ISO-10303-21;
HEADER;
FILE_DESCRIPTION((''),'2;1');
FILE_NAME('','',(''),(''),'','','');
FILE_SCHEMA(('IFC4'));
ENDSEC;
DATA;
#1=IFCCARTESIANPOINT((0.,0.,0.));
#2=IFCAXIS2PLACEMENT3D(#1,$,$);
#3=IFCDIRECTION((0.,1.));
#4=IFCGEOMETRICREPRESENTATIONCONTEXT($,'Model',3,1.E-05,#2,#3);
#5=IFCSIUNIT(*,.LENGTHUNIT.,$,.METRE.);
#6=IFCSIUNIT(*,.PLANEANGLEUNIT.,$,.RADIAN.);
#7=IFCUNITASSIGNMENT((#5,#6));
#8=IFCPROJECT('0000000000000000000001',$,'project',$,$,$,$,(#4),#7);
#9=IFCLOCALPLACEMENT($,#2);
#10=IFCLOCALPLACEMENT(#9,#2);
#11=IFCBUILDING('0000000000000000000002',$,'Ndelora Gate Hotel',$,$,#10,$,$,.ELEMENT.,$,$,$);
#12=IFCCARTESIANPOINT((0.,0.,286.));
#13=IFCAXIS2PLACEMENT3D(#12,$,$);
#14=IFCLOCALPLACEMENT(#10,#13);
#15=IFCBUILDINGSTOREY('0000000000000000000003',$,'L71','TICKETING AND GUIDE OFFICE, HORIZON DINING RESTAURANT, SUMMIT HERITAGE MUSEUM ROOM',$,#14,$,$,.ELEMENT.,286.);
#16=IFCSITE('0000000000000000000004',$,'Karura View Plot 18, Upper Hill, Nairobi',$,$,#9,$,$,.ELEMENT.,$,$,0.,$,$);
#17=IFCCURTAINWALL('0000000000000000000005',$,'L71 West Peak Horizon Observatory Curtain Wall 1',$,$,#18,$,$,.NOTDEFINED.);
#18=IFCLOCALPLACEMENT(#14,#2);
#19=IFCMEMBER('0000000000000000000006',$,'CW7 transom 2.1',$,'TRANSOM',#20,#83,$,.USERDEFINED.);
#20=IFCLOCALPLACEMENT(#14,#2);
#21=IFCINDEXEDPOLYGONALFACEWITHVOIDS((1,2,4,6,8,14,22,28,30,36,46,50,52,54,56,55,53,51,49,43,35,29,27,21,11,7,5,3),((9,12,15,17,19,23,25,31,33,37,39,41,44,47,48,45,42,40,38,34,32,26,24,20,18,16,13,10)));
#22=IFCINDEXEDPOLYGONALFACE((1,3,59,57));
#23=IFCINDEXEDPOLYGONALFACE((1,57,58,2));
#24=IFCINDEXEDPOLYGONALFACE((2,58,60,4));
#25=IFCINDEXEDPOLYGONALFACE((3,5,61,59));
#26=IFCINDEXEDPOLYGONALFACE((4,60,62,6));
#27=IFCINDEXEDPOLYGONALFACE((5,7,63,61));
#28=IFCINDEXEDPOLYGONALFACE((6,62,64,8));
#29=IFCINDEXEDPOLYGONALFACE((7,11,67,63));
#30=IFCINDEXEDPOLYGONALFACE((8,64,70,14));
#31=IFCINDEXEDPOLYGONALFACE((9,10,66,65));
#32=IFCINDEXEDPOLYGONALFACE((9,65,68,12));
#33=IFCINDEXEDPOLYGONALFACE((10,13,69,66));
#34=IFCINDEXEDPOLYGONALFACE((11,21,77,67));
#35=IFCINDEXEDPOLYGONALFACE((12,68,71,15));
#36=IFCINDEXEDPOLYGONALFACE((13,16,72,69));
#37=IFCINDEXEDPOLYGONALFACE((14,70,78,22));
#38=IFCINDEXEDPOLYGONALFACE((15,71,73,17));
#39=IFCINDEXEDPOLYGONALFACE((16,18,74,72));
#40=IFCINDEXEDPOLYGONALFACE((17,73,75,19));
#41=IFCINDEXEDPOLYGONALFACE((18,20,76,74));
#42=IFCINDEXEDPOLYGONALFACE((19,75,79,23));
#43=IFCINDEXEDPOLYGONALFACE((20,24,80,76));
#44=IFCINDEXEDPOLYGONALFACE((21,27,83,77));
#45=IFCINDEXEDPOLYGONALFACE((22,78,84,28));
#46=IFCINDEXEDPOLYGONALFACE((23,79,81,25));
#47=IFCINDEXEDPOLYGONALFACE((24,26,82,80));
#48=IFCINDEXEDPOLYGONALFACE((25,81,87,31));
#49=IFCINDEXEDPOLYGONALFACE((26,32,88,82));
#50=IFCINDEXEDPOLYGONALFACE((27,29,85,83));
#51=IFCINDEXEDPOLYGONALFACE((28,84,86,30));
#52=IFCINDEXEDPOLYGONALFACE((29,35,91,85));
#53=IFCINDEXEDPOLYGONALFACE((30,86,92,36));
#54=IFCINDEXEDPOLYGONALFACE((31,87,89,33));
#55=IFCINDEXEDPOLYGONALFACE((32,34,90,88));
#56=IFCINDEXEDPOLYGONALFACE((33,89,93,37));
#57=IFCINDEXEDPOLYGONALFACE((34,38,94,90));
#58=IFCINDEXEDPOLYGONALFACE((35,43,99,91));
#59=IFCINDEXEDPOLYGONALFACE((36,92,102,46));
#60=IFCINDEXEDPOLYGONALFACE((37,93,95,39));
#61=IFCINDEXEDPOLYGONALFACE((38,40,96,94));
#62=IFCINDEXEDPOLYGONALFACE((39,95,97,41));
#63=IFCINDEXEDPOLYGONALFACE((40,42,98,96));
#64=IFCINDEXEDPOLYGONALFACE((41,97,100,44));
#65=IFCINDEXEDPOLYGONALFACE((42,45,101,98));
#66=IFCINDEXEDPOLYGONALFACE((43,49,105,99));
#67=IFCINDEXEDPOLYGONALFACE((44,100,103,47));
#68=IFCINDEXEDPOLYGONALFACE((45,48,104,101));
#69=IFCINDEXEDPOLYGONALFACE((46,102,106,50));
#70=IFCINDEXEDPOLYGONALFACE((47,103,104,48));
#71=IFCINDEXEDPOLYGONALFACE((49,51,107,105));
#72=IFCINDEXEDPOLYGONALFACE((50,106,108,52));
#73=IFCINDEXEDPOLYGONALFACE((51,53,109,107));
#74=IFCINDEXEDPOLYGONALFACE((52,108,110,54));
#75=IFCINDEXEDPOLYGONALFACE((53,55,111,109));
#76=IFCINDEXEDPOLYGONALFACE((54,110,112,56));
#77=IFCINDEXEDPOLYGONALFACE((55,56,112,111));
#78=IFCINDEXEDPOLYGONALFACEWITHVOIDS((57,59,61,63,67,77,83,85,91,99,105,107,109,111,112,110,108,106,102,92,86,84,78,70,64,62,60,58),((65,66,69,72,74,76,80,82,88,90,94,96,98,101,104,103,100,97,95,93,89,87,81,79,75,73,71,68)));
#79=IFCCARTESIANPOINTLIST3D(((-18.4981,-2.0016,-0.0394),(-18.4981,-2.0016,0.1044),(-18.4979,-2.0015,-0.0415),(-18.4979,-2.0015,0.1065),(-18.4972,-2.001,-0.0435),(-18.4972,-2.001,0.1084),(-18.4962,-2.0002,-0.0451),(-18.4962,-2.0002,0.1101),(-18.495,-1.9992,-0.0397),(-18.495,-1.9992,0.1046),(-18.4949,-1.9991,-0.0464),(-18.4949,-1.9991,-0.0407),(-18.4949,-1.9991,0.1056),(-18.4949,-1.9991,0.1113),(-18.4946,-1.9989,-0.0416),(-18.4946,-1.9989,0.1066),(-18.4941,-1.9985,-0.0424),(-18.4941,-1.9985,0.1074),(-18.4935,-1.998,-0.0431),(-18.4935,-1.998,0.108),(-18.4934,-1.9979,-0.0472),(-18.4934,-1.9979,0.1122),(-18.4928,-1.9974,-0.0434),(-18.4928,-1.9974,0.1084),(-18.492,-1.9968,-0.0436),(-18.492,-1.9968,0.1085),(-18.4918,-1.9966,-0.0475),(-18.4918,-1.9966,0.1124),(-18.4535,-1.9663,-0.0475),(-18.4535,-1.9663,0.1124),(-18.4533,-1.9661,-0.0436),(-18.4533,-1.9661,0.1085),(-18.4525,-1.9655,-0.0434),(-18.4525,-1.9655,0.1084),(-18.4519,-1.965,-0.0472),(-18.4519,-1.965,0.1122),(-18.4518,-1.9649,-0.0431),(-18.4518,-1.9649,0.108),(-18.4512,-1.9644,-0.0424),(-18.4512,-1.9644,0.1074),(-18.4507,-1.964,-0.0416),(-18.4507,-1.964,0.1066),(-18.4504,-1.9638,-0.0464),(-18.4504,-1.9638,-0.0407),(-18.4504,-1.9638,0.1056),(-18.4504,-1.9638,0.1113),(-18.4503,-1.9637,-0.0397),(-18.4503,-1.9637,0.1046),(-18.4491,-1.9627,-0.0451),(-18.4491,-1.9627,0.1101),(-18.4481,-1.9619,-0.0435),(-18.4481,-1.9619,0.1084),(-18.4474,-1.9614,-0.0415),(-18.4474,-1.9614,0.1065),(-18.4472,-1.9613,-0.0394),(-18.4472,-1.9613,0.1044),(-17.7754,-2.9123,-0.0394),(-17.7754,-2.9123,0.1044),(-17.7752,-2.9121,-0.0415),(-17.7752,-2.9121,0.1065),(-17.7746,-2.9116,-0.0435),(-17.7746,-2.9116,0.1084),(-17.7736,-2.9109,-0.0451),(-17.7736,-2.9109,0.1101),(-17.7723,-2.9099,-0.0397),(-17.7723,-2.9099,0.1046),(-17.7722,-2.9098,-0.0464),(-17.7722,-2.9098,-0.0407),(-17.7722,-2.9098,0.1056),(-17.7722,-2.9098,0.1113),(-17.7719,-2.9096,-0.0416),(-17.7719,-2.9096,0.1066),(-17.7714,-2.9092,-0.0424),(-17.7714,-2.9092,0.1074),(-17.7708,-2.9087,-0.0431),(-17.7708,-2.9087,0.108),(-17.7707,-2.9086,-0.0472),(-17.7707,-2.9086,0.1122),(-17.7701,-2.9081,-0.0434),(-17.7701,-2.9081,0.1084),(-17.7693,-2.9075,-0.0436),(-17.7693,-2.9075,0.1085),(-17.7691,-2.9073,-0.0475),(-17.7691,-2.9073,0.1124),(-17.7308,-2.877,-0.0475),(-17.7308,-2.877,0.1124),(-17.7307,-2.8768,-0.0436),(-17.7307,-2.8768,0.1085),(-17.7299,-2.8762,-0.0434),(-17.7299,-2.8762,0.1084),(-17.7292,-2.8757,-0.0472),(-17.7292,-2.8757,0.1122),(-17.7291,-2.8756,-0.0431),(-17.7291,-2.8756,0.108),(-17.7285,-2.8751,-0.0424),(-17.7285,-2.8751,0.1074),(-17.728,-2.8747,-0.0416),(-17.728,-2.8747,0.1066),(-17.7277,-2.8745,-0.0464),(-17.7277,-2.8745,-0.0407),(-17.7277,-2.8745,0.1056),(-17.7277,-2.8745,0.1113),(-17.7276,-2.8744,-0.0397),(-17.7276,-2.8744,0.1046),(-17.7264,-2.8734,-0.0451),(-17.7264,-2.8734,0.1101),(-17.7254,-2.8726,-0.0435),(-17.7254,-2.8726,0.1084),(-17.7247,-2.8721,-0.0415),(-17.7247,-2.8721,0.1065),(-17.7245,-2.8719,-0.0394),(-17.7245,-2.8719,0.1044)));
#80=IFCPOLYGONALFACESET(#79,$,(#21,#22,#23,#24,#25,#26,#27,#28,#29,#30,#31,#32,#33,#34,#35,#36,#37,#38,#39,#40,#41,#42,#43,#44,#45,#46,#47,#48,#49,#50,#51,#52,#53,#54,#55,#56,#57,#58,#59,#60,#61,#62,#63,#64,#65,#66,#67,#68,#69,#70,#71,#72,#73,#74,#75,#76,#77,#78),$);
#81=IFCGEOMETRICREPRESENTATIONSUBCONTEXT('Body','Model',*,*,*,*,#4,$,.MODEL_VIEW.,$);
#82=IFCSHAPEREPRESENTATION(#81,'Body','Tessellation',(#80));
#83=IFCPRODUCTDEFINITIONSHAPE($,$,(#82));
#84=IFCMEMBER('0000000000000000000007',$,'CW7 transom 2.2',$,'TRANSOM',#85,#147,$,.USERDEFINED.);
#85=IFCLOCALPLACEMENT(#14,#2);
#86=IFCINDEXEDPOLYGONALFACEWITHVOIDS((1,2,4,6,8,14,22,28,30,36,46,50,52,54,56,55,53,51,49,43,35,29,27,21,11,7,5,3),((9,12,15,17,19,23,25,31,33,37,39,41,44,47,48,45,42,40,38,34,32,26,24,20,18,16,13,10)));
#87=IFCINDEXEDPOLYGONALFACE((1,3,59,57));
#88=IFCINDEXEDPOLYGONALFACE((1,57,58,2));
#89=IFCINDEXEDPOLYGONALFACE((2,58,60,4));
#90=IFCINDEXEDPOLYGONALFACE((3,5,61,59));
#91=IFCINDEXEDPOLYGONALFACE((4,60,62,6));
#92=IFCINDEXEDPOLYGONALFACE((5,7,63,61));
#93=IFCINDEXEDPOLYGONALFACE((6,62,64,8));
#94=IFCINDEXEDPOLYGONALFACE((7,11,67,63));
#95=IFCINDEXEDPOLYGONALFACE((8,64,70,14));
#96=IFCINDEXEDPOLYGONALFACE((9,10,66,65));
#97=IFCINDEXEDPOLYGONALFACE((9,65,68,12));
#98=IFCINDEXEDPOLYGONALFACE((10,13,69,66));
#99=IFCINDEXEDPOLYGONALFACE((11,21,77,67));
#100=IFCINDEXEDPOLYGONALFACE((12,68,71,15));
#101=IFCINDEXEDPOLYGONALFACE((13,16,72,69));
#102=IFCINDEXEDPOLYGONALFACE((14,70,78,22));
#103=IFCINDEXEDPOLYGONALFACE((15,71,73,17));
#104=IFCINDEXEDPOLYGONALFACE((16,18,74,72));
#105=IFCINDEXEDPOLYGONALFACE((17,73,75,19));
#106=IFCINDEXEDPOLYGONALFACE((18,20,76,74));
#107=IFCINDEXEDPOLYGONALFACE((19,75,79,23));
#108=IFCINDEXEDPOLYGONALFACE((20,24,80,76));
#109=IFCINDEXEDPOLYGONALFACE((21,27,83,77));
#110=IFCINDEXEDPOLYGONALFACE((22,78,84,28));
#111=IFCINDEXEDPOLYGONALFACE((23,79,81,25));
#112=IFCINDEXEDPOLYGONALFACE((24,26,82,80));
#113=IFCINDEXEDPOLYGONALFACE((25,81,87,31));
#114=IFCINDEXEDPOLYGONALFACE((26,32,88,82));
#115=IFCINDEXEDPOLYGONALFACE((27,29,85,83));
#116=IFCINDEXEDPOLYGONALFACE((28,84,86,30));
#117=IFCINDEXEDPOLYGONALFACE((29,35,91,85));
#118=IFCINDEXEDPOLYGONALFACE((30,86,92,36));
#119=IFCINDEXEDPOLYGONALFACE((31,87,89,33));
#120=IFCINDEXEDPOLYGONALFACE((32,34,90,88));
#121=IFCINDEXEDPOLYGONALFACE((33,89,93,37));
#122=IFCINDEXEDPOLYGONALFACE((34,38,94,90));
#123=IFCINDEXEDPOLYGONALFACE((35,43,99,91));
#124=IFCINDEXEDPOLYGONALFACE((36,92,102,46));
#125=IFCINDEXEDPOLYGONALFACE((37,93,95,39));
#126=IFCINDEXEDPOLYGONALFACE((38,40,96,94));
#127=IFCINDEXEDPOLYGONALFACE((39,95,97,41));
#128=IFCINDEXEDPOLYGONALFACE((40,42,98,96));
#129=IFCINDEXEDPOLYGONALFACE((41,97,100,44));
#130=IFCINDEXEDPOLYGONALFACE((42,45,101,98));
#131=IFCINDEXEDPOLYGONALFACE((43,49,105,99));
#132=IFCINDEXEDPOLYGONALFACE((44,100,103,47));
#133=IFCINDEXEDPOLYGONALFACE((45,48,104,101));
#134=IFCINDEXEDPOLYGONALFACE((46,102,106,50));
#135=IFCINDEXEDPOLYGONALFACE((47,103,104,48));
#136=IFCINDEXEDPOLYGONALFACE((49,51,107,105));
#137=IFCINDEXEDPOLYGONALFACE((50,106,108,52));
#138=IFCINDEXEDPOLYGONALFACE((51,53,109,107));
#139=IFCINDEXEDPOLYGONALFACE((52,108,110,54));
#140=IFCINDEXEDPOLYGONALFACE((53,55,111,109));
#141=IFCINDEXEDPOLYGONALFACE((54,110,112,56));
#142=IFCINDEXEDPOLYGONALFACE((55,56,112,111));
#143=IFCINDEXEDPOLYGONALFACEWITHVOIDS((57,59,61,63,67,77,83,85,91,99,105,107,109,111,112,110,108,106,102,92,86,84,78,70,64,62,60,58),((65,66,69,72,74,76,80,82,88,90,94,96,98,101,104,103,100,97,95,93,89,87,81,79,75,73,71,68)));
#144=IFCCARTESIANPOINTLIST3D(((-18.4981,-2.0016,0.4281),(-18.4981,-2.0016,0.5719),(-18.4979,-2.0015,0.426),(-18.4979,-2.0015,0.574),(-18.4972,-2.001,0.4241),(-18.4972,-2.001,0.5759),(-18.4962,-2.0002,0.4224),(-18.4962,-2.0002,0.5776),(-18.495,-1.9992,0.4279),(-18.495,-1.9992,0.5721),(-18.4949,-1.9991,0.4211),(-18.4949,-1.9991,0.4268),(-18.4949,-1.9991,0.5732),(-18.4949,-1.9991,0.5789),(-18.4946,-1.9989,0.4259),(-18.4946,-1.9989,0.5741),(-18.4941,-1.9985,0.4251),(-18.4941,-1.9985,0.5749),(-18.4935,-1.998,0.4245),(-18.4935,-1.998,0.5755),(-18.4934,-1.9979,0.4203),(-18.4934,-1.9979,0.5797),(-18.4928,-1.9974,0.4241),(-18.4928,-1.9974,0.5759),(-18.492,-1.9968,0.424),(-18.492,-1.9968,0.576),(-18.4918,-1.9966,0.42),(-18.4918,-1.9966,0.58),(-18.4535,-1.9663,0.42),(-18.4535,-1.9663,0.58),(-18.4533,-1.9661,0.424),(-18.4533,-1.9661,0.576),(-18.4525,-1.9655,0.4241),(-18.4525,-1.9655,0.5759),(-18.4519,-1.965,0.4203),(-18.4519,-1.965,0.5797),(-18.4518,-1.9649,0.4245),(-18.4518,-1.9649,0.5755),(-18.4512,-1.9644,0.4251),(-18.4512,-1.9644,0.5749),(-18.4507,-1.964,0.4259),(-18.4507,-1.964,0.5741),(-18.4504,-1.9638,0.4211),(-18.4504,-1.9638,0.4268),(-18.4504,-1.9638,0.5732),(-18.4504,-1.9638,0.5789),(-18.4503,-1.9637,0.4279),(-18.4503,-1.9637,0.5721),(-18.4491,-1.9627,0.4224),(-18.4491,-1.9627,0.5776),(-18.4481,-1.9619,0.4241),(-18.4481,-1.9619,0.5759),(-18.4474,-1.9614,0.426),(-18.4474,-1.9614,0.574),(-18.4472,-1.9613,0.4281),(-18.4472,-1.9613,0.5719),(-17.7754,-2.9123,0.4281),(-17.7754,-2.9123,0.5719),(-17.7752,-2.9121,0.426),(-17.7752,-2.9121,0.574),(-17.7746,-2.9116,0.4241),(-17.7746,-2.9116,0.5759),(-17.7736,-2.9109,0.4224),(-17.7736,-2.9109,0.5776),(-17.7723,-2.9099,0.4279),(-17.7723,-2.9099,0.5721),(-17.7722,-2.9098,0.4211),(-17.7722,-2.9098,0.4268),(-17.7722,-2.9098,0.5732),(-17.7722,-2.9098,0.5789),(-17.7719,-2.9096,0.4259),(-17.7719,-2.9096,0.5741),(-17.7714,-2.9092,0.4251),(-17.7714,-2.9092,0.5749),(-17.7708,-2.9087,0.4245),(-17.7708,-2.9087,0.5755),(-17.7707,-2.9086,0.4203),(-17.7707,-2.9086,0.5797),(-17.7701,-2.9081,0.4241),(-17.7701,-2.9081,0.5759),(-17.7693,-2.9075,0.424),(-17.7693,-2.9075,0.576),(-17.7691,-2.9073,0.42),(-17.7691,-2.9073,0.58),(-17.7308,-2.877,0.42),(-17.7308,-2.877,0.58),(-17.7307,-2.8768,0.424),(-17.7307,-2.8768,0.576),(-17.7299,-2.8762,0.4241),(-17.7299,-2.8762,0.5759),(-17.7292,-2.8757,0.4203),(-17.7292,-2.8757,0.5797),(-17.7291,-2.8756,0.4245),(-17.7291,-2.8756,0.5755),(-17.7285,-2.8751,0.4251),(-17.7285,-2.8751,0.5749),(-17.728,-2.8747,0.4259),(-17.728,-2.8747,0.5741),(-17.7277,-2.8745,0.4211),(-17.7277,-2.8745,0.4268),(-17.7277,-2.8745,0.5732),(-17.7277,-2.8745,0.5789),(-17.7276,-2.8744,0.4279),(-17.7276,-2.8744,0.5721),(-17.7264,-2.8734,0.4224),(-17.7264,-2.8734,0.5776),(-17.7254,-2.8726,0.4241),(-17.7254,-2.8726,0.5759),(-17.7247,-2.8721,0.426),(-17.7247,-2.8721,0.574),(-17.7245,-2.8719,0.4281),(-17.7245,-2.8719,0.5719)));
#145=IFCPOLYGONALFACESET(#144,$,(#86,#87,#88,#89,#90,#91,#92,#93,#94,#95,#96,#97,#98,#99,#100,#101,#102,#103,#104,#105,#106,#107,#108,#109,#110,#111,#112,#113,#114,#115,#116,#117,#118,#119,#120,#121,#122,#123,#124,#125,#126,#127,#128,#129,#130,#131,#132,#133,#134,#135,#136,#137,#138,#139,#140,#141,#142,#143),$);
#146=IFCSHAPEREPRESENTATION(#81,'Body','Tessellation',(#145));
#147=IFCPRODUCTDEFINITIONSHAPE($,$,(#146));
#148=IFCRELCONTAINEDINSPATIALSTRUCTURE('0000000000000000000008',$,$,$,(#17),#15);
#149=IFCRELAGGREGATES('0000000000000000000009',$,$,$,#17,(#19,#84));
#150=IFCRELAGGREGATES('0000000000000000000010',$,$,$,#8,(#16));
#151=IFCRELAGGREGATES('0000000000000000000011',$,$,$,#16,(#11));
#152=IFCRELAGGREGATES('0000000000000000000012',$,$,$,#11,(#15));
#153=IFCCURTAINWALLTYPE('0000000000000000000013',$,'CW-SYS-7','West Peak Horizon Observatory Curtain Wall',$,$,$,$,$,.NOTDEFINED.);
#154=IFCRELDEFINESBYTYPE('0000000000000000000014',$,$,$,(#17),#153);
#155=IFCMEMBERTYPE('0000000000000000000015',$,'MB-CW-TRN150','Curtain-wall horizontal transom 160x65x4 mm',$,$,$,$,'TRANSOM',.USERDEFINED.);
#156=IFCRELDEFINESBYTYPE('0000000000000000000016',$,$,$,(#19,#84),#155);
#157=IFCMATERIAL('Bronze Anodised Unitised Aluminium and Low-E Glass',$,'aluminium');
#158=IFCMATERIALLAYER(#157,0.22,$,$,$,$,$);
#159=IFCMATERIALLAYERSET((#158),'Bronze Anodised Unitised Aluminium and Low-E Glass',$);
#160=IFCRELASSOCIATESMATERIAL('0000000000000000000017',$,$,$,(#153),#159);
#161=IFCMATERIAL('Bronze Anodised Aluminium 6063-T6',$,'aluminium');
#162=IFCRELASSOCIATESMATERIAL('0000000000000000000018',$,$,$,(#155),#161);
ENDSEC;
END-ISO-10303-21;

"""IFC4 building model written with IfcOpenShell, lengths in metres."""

from ifc_helpers import new_model, si_unit, direction, frame, origin, origin_2d, place, context, subcontext, project, spatial, hollow_rectangle, extrude, material, layer, layer_set, material_profile, profile_set, type_object, element, aggregate, save


model = new_model("IFC4")

# Units and contexts
model_context = context("Model", 3, precision=1e-05, world=origin(), true_north=direction((0.0, 1.0)))
body_context = subcontext(model_context, "Body", "Model", "MODEL_VIEW")
ifc_project = project(units=[si_unit("LENGTHUNIT", "METRE"), si_unit("PLANEANGLEUNIT", "RADIAN")], contexts=[model_context])

# Site, building, storey
site_placement = place(None, origin())
site = spatial("IfcSite", under=ifc_project, at=site_placement, Name="Karura View Plot 18, Upper Hill, Nairobi", CompositionType="ELEMENT", RefElevation=0.0)
building_placement = place(site_placement, origin())
building = spatial("IfcBuilding", under=site, at=building_placement, Name="Ndelora Gate Hotel", CompositionType="ELEMENT")
storey_placement = place(building_placement, frame((0.0, 0.0, 286.0)))
storey = spatial("IfcBuildingStorey", under=building, at=storey_placement, Name="L71", Description="TICKETING AND GUIDE OFFICE, HORIZON DINING RESTAURANT, SUMMIT HERITAGE MUSEUM ROOM", CompositionType="ELEMENT", Elevation=286.0)

# Curtain wall
ifc_material_1 = material(Name="Bronze Anodised Unitised Aluminium and Low-E Glass", Category="aluminium")
ifc_layer_1 = layer(ifc_material_1, 0.22)
ifc_layer_set_1 = layer_set([ifc_layer_1], Name="Bronze Anodised Unitised Aluminium and Low-E Glass")
curtain_wall_type = type_object("IfcCurtainWallType", Name="CW-SYS-7", Description="West Peak Horizon Observatory Curtain Wall", PredefinedType="NOTDEFINED", material=ifc_layer_set_1)
curtain_wall_1_placement = place(storey_placement, origin())
curtain_wall_1 = element("IfcCurtainWall", 1, at=curtain_wall_1_placement, inside=storey, type_object=curtain_wall_type, Name="L71 West Peak Horizon Observatory Curtain Wall 1", PredefinedType="NOTDEFINED")
ifc_material_2 = material(Name="Bronze Anodised Aluminium 6063-T6", Category="aluminium")

# Members
ifc_material_profile_1 = material_profile(ifc_material_2, hollow_rectangle(XDim=0.0649, YDim=0.1599, WallThickness=0.0039, InnerFilletRadius=0.0039, OuterFilletRadius=0.0081, at=origin_2d()), Name="ALU 160x65x4")
ifc_profile_set_1 = profile_set([ifc_material_profile_1], Name="Bronze Anodised Aluminium 6063-T6")
member_type_1 = type_object("IfcMemberType", Name="MB-CW-TRN150", Description="Curtain-wall horizontal transom 160x65x4 mm", ElementType="TRANSOM", PredefinedType="USERDEFINED", material=ifc_profile_set_1)
member_1_placement = place(storey_placement, frame((-18.4727, -1.9814, 0.0325), z_axis=(0.621617, -0.783321, 0.0), x_axis=(0.783321, 0.621617, 0.0)))
member_1 = element("IfcMember", 2, at=member_1_placement, type_object=member_type_1, Name="CW7 transom 2.1", ObjectType="TRANSOM", PredefinedType="USERDEFINED", context=body_context, shape_type="SweptSolid", body=[
    extrude(hollow_rectangle(XDim=0.0649, YDim=0.1599, WallThickness=0.0039, InnerFilletRadius=0.0039, OuterFilletRadius=0.0081, at=origin_2d()), origin(), (0.0, 0.0, 1.0), 1.1626),
])
member_2_placement = place(storey_placement, frame((-18.4727, -1.9814, 0.5), z_axis=(0.621617, -0.783321, 0.0), x_axis=(0.783321, 0.621617, 0.0)))
member_2 = element("IfcMember", 3, at=member_2_placement, type_object=member_type_1, Name="CW7 transom 2.2", ObjectType="TRANSOM", PredefinedType="USERDEFINED", context=body_context, shape_type="SweptSolid", body=[
    extrude(hollow_rectangle(XDim=0.0649, YDim=0.1599, WallThickness=0.0039, InnerFilletRadius=0.0039, OuterFilletRadius=0.0081, at=origin_2d()), origin(), (0.0, 0.0, 1.0), 1.1626),
])

aggregate(curtain_wall_1, [member_1, member_2])

save(model, "model.ifc")
